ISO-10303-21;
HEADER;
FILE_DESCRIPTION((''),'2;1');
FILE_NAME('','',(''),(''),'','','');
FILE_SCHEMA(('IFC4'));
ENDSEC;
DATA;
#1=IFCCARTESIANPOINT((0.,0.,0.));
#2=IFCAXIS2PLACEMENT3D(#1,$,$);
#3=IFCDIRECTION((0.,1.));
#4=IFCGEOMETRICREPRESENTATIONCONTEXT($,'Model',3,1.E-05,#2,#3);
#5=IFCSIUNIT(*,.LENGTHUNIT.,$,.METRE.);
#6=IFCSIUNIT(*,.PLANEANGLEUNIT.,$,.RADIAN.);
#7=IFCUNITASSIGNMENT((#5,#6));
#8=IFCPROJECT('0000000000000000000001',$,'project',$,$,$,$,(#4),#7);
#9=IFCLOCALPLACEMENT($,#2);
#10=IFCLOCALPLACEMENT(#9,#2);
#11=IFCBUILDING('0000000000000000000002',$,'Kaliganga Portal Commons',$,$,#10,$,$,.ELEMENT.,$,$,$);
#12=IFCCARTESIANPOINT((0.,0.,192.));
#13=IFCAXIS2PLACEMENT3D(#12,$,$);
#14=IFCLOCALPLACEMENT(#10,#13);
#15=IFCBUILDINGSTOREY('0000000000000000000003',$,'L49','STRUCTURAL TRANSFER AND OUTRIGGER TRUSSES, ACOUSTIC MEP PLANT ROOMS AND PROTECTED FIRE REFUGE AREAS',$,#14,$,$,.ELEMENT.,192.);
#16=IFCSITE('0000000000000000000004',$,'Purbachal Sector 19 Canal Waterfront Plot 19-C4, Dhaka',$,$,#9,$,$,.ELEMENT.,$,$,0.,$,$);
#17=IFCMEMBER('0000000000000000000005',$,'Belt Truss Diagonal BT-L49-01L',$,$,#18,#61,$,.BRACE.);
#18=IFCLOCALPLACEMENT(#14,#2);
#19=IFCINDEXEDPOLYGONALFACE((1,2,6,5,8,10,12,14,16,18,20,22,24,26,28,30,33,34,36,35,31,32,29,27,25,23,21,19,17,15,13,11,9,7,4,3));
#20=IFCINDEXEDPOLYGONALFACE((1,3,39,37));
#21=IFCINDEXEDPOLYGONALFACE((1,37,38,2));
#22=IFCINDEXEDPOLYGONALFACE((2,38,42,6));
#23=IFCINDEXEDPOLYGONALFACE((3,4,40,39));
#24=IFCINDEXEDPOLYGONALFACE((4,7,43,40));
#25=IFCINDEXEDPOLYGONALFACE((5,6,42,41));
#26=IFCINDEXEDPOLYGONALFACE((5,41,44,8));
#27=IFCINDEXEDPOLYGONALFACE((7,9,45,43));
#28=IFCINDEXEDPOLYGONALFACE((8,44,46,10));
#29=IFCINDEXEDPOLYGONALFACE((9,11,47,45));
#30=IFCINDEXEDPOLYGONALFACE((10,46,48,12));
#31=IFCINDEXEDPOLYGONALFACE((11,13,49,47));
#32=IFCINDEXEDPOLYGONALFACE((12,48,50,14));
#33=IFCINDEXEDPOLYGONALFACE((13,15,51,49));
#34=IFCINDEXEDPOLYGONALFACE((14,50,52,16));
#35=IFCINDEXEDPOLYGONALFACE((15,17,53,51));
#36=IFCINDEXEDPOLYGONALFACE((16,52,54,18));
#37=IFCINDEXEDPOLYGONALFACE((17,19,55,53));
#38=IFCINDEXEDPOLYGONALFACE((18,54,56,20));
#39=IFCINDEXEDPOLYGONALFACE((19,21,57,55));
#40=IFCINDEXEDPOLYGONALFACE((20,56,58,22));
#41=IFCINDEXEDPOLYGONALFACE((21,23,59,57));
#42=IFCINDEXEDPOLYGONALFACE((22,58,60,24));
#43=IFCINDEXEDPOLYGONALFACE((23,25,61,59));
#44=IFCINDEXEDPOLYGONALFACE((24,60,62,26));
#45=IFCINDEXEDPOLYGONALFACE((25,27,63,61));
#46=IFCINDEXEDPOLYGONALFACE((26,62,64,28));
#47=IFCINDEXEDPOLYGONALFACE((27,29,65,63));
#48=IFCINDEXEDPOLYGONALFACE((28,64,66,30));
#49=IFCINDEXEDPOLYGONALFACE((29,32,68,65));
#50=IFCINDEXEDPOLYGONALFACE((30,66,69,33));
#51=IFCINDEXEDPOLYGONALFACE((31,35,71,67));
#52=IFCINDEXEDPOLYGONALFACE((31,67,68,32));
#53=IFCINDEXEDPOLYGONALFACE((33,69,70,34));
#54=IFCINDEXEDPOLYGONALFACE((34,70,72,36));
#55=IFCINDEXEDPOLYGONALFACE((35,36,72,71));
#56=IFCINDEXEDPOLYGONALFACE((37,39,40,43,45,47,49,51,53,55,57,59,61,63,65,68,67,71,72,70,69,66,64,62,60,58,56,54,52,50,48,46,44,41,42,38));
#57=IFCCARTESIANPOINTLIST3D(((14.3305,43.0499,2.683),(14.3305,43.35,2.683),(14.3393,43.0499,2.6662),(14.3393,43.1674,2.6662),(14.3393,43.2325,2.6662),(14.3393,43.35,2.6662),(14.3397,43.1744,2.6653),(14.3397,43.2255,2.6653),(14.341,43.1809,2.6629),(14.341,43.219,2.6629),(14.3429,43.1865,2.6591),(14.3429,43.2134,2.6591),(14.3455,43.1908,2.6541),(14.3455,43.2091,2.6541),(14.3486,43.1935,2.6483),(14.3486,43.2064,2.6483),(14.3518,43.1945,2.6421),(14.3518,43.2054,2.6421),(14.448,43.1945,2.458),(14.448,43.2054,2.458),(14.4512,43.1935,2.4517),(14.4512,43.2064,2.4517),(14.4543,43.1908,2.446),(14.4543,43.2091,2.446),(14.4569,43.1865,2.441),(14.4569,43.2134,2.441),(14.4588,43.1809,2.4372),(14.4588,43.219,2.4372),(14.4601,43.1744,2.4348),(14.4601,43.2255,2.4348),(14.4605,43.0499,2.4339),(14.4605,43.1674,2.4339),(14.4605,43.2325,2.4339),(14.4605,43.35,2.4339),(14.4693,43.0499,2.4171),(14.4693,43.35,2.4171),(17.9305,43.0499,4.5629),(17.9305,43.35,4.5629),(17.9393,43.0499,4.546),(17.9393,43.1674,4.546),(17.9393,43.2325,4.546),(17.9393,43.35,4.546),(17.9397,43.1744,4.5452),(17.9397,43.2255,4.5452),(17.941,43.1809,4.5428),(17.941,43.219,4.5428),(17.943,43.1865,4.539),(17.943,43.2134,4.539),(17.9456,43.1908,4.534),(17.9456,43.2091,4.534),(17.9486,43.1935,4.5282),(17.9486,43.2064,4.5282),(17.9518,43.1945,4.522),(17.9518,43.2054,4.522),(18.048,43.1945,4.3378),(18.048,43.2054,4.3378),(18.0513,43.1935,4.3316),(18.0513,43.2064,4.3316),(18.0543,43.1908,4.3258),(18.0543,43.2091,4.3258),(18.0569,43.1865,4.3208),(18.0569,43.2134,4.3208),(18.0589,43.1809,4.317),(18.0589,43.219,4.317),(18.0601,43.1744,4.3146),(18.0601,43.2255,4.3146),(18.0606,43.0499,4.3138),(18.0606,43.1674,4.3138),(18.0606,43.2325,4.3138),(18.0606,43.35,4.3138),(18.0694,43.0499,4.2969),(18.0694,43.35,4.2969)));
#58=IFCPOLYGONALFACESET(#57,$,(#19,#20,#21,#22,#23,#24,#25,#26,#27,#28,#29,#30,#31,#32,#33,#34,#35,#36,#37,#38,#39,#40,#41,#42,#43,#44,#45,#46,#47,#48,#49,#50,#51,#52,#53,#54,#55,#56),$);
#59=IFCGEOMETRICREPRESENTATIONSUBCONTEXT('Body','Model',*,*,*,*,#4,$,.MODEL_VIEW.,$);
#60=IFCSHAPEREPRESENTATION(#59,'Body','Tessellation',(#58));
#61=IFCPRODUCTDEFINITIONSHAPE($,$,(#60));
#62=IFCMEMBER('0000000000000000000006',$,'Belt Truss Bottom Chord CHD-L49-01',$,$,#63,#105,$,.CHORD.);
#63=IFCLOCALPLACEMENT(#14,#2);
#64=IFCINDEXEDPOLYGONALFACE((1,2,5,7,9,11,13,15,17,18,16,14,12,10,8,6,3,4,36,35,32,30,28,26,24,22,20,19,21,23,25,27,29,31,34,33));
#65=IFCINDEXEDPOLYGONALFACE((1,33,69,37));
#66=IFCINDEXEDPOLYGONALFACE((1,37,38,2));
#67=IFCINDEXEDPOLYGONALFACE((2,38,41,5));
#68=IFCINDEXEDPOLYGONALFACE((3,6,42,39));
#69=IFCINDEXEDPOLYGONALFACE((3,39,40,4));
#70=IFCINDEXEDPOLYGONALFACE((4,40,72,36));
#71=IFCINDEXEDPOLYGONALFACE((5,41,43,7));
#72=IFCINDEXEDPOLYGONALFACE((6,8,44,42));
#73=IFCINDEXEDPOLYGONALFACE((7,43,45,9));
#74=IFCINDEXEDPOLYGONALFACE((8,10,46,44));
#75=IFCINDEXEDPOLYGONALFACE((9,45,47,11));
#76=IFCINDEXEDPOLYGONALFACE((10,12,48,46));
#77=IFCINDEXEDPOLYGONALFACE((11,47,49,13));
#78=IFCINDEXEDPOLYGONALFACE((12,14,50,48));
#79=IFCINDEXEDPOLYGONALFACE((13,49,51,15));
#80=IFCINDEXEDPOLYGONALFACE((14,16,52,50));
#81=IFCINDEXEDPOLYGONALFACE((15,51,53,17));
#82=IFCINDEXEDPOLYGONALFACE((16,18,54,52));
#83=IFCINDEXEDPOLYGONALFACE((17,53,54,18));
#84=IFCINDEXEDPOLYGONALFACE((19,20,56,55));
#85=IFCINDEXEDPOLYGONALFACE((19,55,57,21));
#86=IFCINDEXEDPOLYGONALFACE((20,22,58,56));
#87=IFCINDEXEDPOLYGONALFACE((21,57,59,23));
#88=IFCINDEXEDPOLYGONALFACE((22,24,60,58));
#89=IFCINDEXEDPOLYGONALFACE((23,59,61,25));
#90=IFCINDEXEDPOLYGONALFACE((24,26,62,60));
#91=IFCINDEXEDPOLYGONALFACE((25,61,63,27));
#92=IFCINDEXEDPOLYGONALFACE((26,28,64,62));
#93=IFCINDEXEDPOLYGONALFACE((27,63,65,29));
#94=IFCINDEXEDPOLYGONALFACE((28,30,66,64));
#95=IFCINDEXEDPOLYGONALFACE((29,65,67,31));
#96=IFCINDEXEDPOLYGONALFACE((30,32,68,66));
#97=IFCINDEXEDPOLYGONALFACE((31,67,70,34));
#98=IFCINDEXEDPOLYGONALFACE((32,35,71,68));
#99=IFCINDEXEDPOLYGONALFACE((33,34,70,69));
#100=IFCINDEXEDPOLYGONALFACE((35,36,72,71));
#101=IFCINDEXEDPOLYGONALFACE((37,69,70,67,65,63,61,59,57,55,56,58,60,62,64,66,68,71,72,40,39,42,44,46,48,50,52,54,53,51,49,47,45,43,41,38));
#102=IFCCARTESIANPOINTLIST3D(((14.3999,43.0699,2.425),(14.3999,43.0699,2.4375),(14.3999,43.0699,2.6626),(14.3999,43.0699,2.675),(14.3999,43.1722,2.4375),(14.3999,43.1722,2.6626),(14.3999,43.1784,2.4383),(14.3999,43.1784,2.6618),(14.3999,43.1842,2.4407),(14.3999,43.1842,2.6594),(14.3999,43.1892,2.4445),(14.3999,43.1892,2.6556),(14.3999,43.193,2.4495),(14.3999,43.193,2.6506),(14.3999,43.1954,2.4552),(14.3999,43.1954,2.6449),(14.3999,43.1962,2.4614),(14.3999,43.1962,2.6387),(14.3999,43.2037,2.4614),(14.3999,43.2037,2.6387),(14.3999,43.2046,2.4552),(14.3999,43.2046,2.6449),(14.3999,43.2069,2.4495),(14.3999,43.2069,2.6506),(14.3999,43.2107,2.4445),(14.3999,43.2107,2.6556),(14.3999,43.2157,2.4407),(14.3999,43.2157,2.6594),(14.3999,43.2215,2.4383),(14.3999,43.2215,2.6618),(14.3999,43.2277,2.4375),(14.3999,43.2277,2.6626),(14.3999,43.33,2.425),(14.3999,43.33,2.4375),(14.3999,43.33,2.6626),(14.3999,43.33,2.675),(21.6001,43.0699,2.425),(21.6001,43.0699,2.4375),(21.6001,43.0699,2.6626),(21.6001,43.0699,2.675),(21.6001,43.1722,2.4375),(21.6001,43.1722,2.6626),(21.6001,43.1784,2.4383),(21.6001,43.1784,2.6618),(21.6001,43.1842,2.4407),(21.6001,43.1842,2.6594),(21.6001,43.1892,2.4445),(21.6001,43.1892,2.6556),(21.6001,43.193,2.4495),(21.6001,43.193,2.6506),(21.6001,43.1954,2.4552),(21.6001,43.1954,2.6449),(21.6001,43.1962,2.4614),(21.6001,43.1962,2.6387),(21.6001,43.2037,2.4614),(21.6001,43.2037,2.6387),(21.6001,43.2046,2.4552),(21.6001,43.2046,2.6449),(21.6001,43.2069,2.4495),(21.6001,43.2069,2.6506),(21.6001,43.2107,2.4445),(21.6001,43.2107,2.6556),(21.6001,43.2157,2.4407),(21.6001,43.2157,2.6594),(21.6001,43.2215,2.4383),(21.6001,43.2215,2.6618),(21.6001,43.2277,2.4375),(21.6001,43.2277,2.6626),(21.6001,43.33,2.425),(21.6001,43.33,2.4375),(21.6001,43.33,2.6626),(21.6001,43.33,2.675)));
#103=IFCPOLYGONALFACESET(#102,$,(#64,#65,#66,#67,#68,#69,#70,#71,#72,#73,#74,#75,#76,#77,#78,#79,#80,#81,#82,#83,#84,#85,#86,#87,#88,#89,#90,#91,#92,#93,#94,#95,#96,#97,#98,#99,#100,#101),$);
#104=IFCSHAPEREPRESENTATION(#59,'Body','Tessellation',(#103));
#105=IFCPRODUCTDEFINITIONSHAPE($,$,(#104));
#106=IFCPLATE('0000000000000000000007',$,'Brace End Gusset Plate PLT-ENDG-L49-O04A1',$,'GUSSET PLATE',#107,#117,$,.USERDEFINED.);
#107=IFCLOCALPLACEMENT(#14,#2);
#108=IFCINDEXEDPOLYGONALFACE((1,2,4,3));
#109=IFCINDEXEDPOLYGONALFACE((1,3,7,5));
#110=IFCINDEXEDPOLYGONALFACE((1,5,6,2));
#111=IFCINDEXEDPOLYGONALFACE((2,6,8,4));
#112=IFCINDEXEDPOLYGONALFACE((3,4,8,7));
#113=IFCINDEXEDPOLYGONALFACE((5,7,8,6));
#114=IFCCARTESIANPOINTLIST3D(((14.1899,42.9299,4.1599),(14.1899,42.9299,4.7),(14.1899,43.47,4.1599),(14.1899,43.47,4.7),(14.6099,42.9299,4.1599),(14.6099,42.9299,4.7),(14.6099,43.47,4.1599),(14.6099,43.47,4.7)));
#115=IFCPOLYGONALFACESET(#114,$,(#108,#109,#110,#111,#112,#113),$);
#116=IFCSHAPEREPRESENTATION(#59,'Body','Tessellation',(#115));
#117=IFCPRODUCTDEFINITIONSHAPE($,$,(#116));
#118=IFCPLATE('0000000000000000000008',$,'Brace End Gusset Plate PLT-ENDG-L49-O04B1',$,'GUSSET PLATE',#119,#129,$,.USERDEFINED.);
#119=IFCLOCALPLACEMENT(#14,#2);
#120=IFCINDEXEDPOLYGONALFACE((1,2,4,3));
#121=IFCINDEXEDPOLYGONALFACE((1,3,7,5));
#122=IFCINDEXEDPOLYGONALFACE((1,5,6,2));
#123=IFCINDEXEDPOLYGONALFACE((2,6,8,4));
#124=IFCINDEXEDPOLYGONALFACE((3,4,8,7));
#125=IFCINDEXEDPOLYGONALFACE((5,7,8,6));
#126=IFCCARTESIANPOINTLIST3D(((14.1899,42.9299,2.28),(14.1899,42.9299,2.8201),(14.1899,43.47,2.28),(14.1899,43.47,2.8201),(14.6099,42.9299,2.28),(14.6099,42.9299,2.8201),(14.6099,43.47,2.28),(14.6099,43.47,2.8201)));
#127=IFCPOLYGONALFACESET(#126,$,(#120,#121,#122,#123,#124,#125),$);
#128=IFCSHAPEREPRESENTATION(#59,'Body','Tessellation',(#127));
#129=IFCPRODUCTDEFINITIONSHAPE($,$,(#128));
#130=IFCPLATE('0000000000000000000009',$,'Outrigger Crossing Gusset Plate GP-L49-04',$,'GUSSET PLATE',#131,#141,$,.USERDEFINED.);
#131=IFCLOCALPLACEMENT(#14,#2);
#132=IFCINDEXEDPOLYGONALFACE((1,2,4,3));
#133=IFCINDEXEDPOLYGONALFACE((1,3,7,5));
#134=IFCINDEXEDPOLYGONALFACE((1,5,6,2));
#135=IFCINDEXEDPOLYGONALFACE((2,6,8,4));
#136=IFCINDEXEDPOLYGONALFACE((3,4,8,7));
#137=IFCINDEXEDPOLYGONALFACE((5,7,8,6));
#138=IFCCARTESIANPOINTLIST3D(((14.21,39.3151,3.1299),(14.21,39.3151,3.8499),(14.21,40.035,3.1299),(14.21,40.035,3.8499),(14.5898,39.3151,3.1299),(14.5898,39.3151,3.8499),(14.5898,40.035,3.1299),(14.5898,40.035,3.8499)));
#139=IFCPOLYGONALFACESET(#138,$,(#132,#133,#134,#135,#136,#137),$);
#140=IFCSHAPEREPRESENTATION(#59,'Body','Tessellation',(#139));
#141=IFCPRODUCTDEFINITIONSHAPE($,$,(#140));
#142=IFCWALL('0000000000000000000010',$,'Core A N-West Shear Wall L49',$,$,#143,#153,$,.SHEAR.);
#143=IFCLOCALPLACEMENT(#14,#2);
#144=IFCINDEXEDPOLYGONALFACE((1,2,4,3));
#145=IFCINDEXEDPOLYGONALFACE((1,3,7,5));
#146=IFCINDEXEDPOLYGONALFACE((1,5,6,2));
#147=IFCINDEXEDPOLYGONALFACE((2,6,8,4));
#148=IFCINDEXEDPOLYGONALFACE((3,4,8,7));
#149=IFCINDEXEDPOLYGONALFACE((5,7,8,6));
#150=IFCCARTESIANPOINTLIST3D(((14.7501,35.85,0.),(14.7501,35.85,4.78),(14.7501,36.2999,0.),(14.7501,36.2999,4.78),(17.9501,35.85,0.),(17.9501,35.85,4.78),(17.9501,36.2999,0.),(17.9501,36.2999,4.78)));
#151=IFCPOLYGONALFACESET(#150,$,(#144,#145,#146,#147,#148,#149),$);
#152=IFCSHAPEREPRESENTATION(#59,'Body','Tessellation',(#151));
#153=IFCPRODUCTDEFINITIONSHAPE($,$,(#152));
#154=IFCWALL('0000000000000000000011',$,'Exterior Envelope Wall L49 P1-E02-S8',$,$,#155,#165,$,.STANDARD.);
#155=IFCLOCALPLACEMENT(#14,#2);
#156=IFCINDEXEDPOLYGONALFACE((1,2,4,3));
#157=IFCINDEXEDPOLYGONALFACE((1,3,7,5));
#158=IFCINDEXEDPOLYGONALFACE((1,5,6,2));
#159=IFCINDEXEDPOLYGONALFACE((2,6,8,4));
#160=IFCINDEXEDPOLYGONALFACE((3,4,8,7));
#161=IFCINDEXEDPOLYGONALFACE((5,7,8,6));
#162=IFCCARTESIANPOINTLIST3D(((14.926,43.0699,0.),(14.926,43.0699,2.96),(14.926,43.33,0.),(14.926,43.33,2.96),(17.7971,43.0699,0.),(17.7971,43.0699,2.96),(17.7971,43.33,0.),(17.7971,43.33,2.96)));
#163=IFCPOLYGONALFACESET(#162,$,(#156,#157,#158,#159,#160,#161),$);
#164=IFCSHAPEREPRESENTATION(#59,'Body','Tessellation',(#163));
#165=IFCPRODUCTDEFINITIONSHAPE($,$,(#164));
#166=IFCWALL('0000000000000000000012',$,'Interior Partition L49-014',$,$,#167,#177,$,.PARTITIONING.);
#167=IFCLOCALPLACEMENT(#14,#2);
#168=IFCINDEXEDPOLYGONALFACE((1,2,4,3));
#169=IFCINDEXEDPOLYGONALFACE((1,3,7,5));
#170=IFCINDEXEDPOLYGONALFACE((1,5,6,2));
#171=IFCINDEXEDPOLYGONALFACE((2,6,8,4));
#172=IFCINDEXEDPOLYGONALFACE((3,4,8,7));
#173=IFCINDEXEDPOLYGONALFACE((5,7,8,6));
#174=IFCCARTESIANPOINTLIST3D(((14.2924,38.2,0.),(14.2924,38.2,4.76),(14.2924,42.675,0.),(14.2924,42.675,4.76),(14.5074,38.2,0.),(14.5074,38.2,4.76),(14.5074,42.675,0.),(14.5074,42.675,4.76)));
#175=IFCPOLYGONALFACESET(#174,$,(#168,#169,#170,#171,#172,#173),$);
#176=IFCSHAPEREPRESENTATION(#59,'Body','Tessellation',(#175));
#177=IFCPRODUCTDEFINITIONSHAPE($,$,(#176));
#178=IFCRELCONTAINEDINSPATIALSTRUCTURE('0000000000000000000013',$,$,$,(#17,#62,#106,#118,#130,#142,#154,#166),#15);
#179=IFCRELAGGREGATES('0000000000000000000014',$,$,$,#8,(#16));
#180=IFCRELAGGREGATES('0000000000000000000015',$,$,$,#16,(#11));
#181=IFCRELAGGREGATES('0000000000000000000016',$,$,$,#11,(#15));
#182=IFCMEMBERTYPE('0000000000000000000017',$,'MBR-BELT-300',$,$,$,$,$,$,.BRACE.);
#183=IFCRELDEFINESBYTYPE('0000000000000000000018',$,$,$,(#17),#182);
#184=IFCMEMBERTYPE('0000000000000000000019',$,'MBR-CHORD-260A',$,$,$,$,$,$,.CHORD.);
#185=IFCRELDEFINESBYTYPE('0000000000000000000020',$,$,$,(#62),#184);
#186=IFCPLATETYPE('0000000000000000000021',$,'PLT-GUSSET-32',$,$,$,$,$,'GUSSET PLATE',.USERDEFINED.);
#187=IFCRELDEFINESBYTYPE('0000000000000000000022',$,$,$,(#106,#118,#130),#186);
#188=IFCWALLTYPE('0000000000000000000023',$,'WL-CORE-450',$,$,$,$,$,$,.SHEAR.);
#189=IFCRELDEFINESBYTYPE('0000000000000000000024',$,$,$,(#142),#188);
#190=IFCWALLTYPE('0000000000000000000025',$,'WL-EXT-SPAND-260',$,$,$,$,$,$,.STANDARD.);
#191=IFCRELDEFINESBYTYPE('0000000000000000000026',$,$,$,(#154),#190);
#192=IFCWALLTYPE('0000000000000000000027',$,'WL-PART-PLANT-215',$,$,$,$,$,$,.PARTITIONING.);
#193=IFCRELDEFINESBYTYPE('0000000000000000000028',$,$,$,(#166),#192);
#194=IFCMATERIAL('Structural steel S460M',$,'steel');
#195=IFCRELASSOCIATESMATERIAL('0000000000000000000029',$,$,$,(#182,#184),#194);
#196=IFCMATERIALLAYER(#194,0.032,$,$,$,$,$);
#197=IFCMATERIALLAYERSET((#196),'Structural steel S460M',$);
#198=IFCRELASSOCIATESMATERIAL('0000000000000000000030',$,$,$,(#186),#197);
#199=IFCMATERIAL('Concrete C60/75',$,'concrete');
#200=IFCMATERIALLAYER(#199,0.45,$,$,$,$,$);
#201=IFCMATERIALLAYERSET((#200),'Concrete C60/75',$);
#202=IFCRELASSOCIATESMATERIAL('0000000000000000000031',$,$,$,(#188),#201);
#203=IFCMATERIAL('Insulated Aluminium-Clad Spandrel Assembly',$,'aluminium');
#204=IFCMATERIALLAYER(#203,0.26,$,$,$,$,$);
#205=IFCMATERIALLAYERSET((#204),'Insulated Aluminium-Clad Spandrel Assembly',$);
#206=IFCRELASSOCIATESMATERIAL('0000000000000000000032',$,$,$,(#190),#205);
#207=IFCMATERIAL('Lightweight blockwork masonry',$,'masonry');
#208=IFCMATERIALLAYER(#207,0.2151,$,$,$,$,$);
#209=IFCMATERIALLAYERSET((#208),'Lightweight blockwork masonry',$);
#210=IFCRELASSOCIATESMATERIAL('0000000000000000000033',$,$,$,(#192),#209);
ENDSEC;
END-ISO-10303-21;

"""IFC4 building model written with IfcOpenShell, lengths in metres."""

from ifc_helpers import new_model, si_unit, direction, frame, frame_2d, origin, origin_2d, place, context, subcontext, project, spatial, rectangle, i_section, extrude, source, transform, mapped, material, layer, layer_set, material_profile, profile_set, type_object, element, save


model = new_model("IFC4")

# Units and contexts
model_context = context("Model", 3, precision=1e-05, world=origin(), true_north=direction((0.0, 1.0)))
body_context = subcontext(model_context, "Body", "Model", "MODEL_VIEW")
ifc_project = project(units=[si_unit("LENGTHUNIT", "METRE"), si_unit("PLANEANGLEUNIT", "RADIAN")], contexts=[model_context])

# Site, building, storey
site_placement = place(None, origin())
site = spatial("IfcSite", under=ifc_project, at=site_placement, Name="Purbachal Sector 19 Canal Waterfront Plot 19-C4, Dhaka", CompositionType="ELEMENT", RefElevation=0.0)
building_placement = place(site_placement, origin())
building = spatial("IfcBuilding", under=site, at=building_placement, Name="Kaliganga Portal Commons", CompositionType="ELEMENT")
storey_placement = place(building_placement, frame((0.0, 0.0, 192.0)))
storey = spatial("IfcBuildingStorey", under=building, at=storey_placement, Name="L49", Description="STRUCTURAL TRANSFER AND OUTRIGGER TRUSSES, ACOUSTIC MEP PLANT ROOMS AND PROTECTED FIRE REFUGE AREAS", CompositionType="ELEMENT", Elevation=192.0)

# Shared definitions
ifc_material_1 = material(Name="Concrete C60/75", Category="concrete")
ifc_material_2 = material(Name="Structural steel S460M", Category="steel")

# Members
ifc_material_profile_1 = material_profile(ifc_material_2, i_section(OverallWidth=0.3, OverallDepth=0.3, WebThickness=0.011, FlangeThickness=0.019, FilletRadius=0.0271, at=origin_2d()), Name="HE 300 B")
ifc_profile_set_1 = profile_set([ifc_material_profile_1], Name="Structural steel S460M wide-flange")
member_type_1 = type_object("IfcMemberType", Name="MBR-BELT-300", PredefinedType="BRACE", material=ifc_profile_set_1)
shared_shape_1 = source(origin(), body_context, "Body", "SweptSolid", [
    extrude(i_section(OverallWidth=0.3, OverallDepth=0.3, WebThickness=0.011, FlangeThickness=0.019, FilletRadius=0.0271, at=origin_2d()), origin(), (0.0, 0.0, 1.0), 4.0613),
])
member_1_placement = place(storey_placement, frame((14.3999, 43.2, 2.55), z_axis=(0.886426, 0.0, 0.46287), x_axis=(0.0, 1.0, 0.0)))
element("IfcMember", 1, at=member_1_placement, inside=storey, type_object=member_type_1, Name="Belt Truss Diagonal BT-L49-01L", PredefinedType="BRACE", context=body_context, shape_type="MappedRepresentation", body=[
    mapped(shared_shape_1, transform((0.0, 0.0, 0.0), x_axis=(1.0, 0.0, 0.0), y_axis=(0.0, 1.0, 0.0), z_axis=(0.0, 0.0, 1.0), scale=1.0)),
])
ifc_material_profile_2 = material_profile(ifc_material_2, i_section(OverallWidth=0.26, OverallDepth=0.25, WebThickness=0.0076, FlangeThickness=0.0125, FilletRadius=0.0239, at=origin_2d()), Name="HE 260 A")
ifc_profile_set_2 = profile_set([ifc_material_profile_2], Name="Structural steel S460M wide-flange")
member_type_2 = type_object("IfcMemberType", Name="MBR-CHORD-260A", PredefinedType="CHORD", material=ifc_profile_set_2)
shared_shape_2 = source(origin(), body_context, "Body", "SweptSolid", [
    extrude(i_section(OverallWidth=0.26, OverallDepth=0.25, WebThickness=0.0076, FlangeThickness=0.0125, FilletRadius=0.0239, at=origin_2d()), origin(), (0.0, 0.0, 1.0), 7.2002),
])
member_2_placement = place(storey_placement, frame((14.3999, 43.2, 2.55), z_axis=(1.0, 0.0, 0.0), x_axis=(0.0, 1.0, 0.0)))
element("IfcMember", 2, at=member_2_placement, inside=storey, type_object=member_type_2, Name="Belt Truss Bottom Chord CHD-L49-01", PredefinedType="CHORD", context=body_context, shape_type="MappedRepresentation", body=[
    mapped(shared_shape_2, transform((0.0, 0.0, 0.0), x_axis=(1.0, 0.0, 0.0), y_axis=(0.0, 1.0, 0.0), z_axis=(0.0, 0.0, 1.0), scale=1.0)),
])

# Plates
ifc_layer_1 = layer(ifc_material_2, 0.032)
ifc_layer_set_1 = layer_set([ifc_layer_1], Name="Structural steel S460M")
plate_type = type_object("IfcPlateType", Name="PLT-GUSSET-32", ElementType="GUSSET PLATE", PredefinedType="USERDEFINED", material=ifc_layer_set_1)
shared_shape_3 = source(origin(), body_context, "Body", "SweptSolid", [
    extrude(rectangle(XDim=0.54, YDim=0.4199, at=origin_2d()), origin(), (0.0, 0.0, 1.0), 0.54),
])
for number, where, z_axis, x_axis, name in (
    (3, (14.3999, 43.2, 4.1599), (0.0, 0.0, 1.0), (0.0, 1.0, 0.0), "Brace End Gusset Plate PLT-ENDG-L49-O04A1"),
    (4, (14.3999, 43.2, 2.28), (0.0, 0.0, 1.0), (0.0, 1.0, 0.0), "Brace End Gusset Plate PLT-ENDG-L49-O04B1"),
):
    element("IfcPlate", number, at=place(storey_placement, frame(where, z_axis=z_axis, x_axis=x_axis)), inside=storey, type_object=plate_type, Name=name, ObjectType="GUSSET PLATE", PredefinedType="USERDEFINED", context=body_context, shape_type="MappedRepresentation", body=[
        mapped(shared_shape_3, transform((0.0, 0.0, 0.0), x_axis=(1.0, 0.0, 0.0), y_axis=(0.0, 1.0, 0.0), z_axis=(0.0, 0.0, 1.0), scale=1.0)),
    ])
shared_shape_4 = source(origin(), body_context, "Body", "SweptSolid", [
    extrude(rectangle(XDim=0.72, YDim=0.3799, at=origin_2d()), origin(), (0.0, 0.0, 1.0), 0.72),
])
plate_placement = place(storey_placement, frame((14.3999, 39.675, 3.1299), z_axis=(0.0, 0.0, 1.0), x_axis=(0.0, 1.0, 0.0)))
element("IfcPlate", 5, at=plate_placement, inside=storey, type_object=plate_type, Name="Outrigger Crossing Gusset Plate GP-L49-04", ObjectType="GUSSET PLATE", PredefinedType="USERDEFINED", context=body_context, shape_type="MappedRepresentation", body=[
    mapped(shared_shape_4, transform((0.0, 0.0, 0.0), x_axis=(1.0, 0.0, 0.0), y_axis=(0.0, 1.0, 0.0), z_axis=(0.0, 0.0, 1.0), scale=1.0)),
])

# Walls
ifc_layer_2 = layer(ifc_material_1, 0.45)
ifc_layer_set_2 = layer_set([ifc_layer_2], Name="Concrete C60/75")
wall_type_1 = type_object("IfcWallType", Name="WL-CORE-450", PredefinedType="SHEAR", material=ifc_layer_set_2)
wall_1_placement = place(storey_placement, frame((14.75, 36.075, 0.0), z_axis=(0.0, 0.0, 1.0), x_axis=(1.0, 0.0, 0.0)))
element("IfcWall", 6, at=wall_1_placement, inside=storey, type_object=wall_type_1, Name="Core A N-West Shear Wall L49", PredefinedType="SHEAR", context=body_context, shape_type="SweptSolid", body=[
    extrude(rectangle(XDim=3.2, YDim=0.45, at=frame_2d((1.6001, 0.0))), origin(), (0.0, 0.0, 1.0), 4.78),
])
ifc_material_3 = material(Name="Insulated Aluminium-Clad Spandrel Assembly", Category="aluminium")
ifc_layer_3 = layer(ifc_material_3, 0.26)
ifc_layer_set_3 = layer_set([ifc_layer_3], Name="Insulated Aluminium-Clad Spandrel Assembly")
wall_type_2 = type_object("IfcWallType", Name="WL-EXT-SPAND-260", PredefinedType="STANDARD", material=ifc_layer_set_3)
wall_2_placement = place(storey_placement, frame((14.926, 43.2, 0.0), z_axis=(0.0, 0.0, 1.0), x_axis=(1.0, 0.0, 0.0)))
element("IfcWall", 7, at=wall_2_placement, inside=storey, type_object=wall_type_2, Name="Exterior Envelope Wall L49 P1-E02-S8", PredefinedType="STANDARD", context=body_context, shape_type="SweptSolid", body=[
    extrude(rectangle(XDim=2.8711, YDim=0.26, at=frame_2d((1.4355, 0.0))), origin(), (0.0, 0.0, 1.0), 2.96),
])
ifc_material_4 = material(Name="Lightweight blockwork masonry", Category="masonry")
ifc_layer_4 = layer(ifc_material_4, 0.2151)
ifc_layer_set_4 = layer_set([ifc_layer_4], Name="Lightweight blockwork masonry")
wall_type_3 = type_object("IfcWallType", Name="WL-PART-PLANT-215", PredefinedType="PARTITIONING", material=ifc_layer_set_4)
wall_3_placement = place(storey_placement, frame((14.3999, 38.2, 0.0), z_axis=(0.0, 0.0, 1.0), x_axis=(0.0, 1.0, 0.0)))
element("IfcWall", 8, at=wall_3_placement, inside=storey, type_object=wall_type_3, Name="Interior Partition L49-014", PredefinedType="PARTITIONING", context=body_context, shape_type="SweptSolid", body=[
    extrude(rectangle(XDim=4.4751, YDim=0.2151, at=frame_2d((2.2375, 0.0))), origin(), (0.0, 0.0, 1.0), 4.76),
])

save(model, "model.ifc")
